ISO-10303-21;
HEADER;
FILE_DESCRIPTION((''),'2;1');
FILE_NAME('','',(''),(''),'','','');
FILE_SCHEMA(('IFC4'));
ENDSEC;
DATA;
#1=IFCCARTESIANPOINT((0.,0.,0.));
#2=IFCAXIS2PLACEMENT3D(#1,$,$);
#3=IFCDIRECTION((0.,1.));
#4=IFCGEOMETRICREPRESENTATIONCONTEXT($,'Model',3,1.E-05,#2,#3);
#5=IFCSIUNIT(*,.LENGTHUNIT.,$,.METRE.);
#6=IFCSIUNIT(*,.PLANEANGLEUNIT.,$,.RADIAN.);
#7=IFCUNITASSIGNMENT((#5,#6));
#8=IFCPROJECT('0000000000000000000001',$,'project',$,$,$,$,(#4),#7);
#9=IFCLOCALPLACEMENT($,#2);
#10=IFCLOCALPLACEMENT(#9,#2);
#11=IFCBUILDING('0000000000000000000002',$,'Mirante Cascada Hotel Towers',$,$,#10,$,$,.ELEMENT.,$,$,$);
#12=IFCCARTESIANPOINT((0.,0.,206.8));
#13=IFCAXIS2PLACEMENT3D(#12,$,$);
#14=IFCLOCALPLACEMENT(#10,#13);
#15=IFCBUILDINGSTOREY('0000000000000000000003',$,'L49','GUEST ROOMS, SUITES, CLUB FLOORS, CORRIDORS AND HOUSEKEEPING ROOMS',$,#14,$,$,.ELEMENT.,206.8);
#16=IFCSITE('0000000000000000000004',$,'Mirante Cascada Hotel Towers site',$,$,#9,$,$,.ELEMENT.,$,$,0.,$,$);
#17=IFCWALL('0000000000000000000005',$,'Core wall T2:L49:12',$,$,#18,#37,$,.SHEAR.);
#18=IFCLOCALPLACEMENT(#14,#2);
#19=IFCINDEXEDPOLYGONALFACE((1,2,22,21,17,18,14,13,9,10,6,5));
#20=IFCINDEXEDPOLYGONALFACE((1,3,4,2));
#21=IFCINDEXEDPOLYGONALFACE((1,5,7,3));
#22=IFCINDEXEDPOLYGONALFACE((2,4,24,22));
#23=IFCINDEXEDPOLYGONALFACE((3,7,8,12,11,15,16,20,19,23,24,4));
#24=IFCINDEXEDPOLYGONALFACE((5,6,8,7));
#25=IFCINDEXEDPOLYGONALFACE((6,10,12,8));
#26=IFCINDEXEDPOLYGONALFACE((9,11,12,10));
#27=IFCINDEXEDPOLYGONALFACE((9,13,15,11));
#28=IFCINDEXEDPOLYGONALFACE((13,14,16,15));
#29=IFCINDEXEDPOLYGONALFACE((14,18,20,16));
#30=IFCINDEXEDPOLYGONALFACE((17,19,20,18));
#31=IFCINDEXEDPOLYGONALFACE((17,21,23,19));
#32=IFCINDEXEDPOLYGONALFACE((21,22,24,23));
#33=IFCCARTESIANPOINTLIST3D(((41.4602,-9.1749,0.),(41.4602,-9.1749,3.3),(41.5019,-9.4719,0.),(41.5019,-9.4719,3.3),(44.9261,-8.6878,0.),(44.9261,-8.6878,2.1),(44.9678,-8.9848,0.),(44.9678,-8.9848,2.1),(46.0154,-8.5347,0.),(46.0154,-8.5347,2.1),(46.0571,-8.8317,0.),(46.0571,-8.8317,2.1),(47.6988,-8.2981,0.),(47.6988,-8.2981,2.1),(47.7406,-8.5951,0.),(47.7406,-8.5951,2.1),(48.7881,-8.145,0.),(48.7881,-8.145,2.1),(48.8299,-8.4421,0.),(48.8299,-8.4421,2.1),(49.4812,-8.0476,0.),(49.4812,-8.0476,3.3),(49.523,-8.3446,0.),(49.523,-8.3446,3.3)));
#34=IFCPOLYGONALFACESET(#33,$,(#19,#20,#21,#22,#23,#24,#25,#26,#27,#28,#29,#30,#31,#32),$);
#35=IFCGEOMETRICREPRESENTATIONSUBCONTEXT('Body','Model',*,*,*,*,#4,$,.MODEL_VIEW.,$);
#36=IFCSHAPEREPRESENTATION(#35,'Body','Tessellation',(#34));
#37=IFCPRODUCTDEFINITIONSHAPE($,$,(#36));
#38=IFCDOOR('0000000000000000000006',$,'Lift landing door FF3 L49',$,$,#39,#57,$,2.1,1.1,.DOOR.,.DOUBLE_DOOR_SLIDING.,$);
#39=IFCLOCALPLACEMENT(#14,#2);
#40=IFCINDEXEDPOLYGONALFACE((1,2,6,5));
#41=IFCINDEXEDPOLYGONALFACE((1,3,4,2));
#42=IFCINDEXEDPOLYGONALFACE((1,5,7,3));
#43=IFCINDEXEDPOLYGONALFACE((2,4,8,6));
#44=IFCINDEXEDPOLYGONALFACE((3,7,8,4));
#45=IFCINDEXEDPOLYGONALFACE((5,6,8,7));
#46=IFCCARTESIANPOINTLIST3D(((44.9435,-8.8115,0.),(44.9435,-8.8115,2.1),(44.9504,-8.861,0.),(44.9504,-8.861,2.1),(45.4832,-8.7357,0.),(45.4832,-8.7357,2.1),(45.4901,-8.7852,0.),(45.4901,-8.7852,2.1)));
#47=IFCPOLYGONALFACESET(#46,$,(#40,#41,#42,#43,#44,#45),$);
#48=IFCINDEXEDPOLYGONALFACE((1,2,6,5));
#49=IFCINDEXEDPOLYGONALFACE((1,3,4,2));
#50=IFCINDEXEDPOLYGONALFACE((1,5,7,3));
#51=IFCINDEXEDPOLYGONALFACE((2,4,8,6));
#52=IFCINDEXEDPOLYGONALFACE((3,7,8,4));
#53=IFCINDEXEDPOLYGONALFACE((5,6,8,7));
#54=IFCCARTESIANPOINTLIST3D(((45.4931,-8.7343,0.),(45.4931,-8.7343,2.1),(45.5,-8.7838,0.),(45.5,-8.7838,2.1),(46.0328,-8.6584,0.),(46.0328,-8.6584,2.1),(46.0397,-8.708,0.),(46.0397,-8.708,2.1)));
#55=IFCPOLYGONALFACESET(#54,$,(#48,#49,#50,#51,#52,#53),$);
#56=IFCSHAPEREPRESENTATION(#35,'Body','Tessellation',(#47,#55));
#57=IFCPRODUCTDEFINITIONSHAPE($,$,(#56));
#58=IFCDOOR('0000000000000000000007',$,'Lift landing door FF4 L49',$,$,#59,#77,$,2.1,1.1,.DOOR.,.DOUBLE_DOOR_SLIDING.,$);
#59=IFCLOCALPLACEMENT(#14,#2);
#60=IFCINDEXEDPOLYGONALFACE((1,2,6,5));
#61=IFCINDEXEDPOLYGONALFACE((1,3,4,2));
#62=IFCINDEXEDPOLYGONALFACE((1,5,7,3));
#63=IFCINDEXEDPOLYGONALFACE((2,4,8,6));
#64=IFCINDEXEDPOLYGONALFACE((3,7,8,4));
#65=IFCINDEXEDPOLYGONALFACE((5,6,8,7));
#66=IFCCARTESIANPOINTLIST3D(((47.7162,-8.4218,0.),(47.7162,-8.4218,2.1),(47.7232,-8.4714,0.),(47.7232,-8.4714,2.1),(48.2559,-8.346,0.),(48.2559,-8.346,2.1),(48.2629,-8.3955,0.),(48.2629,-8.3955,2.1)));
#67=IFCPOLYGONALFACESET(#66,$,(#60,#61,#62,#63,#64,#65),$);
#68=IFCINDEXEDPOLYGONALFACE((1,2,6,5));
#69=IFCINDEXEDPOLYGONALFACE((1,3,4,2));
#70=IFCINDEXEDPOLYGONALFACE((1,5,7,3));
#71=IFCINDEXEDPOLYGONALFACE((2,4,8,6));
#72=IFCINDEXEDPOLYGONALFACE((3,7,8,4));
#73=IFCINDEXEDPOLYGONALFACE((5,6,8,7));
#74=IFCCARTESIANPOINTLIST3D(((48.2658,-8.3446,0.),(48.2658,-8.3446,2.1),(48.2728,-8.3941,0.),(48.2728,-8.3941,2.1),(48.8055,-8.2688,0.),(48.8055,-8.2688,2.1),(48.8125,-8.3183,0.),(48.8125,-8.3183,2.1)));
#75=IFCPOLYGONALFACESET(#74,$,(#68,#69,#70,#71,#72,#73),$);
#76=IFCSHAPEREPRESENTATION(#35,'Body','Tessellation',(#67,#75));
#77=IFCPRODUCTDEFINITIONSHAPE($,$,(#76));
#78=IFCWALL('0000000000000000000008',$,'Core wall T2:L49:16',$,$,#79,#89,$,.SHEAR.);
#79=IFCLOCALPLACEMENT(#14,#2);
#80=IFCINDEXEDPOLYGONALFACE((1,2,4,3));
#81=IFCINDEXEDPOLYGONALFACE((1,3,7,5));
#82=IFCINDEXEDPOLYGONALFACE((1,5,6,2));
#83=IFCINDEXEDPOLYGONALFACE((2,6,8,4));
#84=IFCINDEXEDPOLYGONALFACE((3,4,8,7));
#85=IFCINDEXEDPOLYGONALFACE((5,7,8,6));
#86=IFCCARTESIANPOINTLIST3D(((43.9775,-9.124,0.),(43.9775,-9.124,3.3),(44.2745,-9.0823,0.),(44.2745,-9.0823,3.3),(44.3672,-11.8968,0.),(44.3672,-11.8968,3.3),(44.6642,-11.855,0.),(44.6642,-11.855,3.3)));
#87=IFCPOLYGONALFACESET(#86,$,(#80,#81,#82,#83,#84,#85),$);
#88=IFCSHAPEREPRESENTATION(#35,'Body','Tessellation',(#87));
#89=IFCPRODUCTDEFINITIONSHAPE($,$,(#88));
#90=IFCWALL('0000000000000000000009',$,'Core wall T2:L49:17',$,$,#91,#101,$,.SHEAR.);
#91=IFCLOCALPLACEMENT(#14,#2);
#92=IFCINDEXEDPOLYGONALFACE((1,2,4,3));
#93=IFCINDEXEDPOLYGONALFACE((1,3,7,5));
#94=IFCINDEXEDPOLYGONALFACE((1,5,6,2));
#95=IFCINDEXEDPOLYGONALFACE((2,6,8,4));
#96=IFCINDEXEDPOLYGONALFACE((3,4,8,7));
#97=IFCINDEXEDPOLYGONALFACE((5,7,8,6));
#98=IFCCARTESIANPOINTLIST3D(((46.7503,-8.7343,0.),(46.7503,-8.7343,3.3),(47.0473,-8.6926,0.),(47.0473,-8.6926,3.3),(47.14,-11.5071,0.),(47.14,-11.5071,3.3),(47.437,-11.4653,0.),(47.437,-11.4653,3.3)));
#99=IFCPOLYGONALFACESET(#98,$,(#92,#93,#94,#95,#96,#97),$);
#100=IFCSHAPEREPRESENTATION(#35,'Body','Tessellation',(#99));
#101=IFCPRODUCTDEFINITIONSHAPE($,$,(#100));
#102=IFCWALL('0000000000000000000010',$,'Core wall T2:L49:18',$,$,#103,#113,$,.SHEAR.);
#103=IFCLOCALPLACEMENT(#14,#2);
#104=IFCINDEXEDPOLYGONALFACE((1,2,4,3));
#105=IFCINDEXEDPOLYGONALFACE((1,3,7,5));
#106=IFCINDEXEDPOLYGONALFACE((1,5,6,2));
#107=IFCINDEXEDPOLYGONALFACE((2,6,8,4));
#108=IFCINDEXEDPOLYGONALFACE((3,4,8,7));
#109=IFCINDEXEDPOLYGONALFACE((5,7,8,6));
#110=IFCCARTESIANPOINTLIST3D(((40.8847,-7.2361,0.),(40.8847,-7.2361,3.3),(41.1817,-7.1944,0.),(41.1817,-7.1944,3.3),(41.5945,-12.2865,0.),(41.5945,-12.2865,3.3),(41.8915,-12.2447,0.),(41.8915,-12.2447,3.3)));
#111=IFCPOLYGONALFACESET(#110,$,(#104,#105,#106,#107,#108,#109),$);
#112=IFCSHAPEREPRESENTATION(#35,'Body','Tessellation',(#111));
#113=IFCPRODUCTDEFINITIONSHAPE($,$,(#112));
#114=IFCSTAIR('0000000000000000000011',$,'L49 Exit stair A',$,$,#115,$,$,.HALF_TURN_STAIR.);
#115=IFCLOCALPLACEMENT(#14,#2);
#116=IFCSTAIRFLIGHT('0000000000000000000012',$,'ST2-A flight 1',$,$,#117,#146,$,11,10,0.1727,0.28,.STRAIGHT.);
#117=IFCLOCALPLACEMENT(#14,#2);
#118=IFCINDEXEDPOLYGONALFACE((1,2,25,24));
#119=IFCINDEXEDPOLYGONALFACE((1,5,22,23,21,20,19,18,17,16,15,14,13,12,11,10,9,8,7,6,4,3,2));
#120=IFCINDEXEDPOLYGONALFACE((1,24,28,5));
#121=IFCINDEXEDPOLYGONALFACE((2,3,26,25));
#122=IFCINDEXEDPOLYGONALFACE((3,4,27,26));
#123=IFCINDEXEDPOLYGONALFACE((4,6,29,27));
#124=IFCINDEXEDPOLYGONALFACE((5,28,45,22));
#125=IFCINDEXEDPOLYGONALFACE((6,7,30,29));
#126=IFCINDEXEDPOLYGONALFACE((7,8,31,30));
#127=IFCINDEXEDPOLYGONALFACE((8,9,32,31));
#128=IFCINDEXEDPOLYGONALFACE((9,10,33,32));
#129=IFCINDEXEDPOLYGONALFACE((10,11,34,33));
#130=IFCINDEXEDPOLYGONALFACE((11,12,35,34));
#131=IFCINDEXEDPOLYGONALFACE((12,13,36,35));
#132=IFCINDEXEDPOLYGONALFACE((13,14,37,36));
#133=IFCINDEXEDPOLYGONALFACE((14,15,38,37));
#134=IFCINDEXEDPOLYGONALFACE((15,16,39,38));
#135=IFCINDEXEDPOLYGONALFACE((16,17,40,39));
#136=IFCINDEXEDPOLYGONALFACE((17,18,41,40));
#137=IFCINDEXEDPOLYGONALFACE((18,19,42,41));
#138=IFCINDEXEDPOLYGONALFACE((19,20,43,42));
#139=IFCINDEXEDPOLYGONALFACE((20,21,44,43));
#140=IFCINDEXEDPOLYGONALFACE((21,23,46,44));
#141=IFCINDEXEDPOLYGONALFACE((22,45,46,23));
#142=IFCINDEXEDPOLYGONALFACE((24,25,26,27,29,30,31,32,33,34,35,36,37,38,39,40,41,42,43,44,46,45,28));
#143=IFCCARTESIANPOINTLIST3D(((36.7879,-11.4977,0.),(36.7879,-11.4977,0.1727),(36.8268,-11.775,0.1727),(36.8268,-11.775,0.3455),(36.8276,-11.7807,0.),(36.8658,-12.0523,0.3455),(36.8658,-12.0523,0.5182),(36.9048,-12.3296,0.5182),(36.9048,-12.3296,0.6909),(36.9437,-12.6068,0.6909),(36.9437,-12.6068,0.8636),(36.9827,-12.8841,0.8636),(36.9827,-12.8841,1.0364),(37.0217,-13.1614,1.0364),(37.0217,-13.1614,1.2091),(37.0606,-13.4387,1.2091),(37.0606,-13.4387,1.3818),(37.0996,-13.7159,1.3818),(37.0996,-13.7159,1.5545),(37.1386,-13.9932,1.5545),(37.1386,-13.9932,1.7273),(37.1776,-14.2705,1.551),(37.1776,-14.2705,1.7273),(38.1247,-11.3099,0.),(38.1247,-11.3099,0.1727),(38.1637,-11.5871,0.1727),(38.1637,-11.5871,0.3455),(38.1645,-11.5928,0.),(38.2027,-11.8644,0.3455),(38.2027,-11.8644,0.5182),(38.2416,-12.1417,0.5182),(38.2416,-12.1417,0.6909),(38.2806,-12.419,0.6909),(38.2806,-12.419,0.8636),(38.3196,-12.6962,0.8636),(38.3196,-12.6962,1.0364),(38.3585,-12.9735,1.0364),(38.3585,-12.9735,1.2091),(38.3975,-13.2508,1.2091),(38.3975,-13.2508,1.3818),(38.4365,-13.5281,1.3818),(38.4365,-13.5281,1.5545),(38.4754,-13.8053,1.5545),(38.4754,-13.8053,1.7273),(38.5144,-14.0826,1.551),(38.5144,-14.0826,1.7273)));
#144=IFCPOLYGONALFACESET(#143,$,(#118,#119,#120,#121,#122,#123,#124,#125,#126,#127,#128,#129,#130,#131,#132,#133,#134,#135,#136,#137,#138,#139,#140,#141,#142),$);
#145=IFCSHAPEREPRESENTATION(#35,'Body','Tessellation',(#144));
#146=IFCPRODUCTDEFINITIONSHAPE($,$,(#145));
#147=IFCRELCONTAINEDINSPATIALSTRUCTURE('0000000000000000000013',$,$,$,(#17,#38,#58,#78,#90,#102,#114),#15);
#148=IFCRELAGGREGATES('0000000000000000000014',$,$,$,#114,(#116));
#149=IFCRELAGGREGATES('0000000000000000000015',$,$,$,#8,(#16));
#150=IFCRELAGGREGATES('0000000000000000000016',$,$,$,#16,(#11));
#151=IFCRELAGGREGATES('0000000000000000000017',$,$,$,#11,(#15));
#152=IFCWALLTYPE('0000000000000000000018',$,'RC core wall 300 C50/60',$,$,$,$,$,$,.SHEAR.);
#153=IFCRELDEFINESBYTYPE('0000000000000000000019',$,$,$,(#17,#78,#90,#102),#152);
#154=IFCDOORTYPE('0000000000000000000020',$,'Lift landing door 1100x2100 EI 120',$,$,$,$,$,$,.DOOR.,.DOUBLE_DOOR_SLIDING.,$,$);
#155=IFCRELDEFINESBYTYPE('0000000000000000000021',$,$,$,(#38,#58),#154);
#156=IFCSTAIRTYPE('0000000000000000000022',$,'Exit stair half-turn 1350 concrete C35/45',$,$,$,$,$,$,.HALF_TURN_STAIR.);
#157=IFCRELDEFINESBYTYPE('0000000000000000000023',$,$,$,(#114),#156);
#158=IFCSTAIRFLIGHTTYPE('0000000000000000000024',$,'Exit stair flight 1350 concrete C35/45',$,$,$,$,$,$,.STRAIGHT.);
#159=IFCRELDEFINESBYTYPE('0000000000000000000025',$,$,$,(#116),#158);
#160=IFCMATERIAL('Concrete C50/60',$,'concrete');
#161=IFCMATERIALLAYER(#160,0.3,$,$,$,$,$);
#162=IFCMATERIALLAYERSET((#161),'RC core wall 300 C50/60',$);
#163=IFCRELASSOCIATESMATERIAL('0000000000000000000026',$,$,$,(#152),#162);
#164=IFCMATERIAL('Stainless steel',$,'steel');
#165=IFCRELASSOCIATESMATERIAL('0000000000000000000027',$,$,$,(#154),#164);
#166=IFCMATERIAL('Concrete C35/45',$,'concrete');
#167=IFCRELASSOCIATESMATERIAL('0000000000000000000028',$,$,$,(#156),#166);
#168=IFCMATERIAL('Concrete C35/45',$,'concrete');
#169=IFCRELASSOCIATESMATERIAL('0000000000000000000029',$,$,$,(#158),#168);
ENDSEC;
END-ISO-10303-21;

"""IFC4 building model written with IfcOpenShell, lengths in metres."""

from ifc_helpers import new_model, si_unit, direction, frame, frame_2d, origin, place, context, subcontext, project, spatial, polyline, rectangle, outline, extrude, material, layer, layer_set, type_object, element, fill, aggregate, save


model = new_model("IFC4")

# Units and contexts
model_context = context("Model", 3, precision=1e-05, world=origin(), true_north=direction((0.0, 1.0)))
body_context = subcontext(model_context, "Body", "Model", "MODEL_VIEW")
ifc_project = project(units=[si_unit("LENGTHUNIT", "METRE"), si_unit("PLANEANGLEUNIT", "RADIAN")], contexts=[model_context])

# Site, building, storey
site_placement = place(None, origin())
site = spatial("IfcSite", under=ifc_project, at=site_placement, Name="Mirante Cascada Hotel Towers site", CompositionType="ELEMENT", RefElevation=0.0)
building_placement = place(site_placement, origin())
building = spatial("IfcBuilding", under=site, at=building_placement, Name="Mirante Cascada Hotel Towers", CompositionType="ELEMENT")
storey_placement = place(building_placement, frame((0.0, 0.0, 206.8)))
storey = spatial("IfcBuildingStorey", under=building, at=storey_placement, Name="L49", Description="GUEST ROOMS, SUITES, CLUB FLOORS, CORRIDORS AND HOUSEKEEPING ROOMS", CompositionType="ELEMENT", Elevation=206.8)

# Shared definitions
ifc_material_1 = material(Name="Concrete C50/60", Category="concrete")
ifc_layer_1 = layer(ifc_material_1, 0.3)
ifc_layer_set_1 = layer_set([ifc_layer_1], Name="RC core wall 300 C50/60")
wall_type_1 = type_object("IfcWallType", Name="RC core wall 300 C50/60", PredefinedType="SHEAR", material=ifc_layer_set_1)
ifc_material_2 = material(Name="Stainless steel", Category="steel")
door_type_1 = type_object("IfcDoorType", Name="Lift landing door 1100x2100 EI 120", OperationType="DOUBLE_DOOR_SLIDING", PredefinedType="DOOR", material=ifc_material_2)

# Wall, openings, doors
wall_1_placement = place(storey_placement, frame((41.481, -9.3234, 0.0), z_axis=(0.0, 0.0, 1.0), x_axis=(0.990268, 0.139174, 0.0)))
wall_1 = element("IfcWall", 1, at=wall_1_placement, inside=storey, type_object=wall_type_1, Name="Core wall T2:L49:12", PredefinedType="SHEAR", context=body_context, shape_type="SweptSolid", body=[
    extrude(rectangle(XDim=8.0999, YDim=0.3, at=frame_2d((4.05, 0.0))), origin(), (0.0, 0.0, 1.0), 3.3),
])
opening_1_placement = place(wall_1_placement, frame((3.5, 0.0, 0.0)))
opening_1 = element("IfcOpeningElement", 2, at=opening_1_placement, cuts=wall_1, PredefinedType="OPENING", context=body_context, shape_type="SweptSolid", body=[
    extrude(rectangle(XDim=1.1, YDim=2.1, at=frame_2d((0.55, 1.05))), frame((0.0, 0.15, 0.0), z_axis=(0.0, -1.0, 0.0), x_axis=(1.0, 0.0, 0.0)), (0.0, 0.0, 1.0), 0.3),
])
opening_2_placement = place(wall_1_placement, frame((6.3, 0.0, 0.0)))
opening_2 = element("IfcOpeningElement", 3, at=opening_2_placement, cuts=wall_1, PredefinedType="OPENING", context=body_context, shape_type="SweptSolid", body=[
    extrude(rectangle(XDim=1.1, YDim=2.1, at=frame_2d((0.55, 1.05))), frame((0.0, 0.15, 0.0), z_axis=(0.0, -1.0, 0.0), x_axis=(1.0, 0.0, 0.0)), (0.0, 0.0, 1.0), 0.3),
])
door_1_placement = place(opening_1_placement, origin())
door_1 = element("IfcDoor", 4, at=door_1_placement, inside=storey, type_object=door_type_1, Name="Lift landing door FF3 L49", OperationType="DOUBLE_DOOR_SLIDING", OverallHeight=2.1, OverallWidth=1.1, PredefinedType="DOOR", context=body_context, shape_type="SweptSolid", body=[
    extrude(rectangle(XDim=0.545, YDim=2.1, at=frame_2d((0.2725, 1.05))), frame((0.0, 0.025, 0.0), z_axis=(0.0, -1.0, 0.0), x_axis=(1.0, 0.0, 0.0)), (0.0, 0.0, 1.0), 0.05),
    extrude(rectangle(XDim=0.545, YDim=2.1, at=frame_2d((0.8275, 1.05))), frame((0.0, 0.025, 0.0), z_axis=(0.0, -1.0, 0.0), x_axis=(1.0, 0.0, 0.0)), (0.0, 0.0, 1.0), 0.05),
])
fill(opening_1, door_1)
door_2_placement = place(opening_2_placement, origin())
door_2 = element("IfcDoor", 5, at=door_2_placement, inside=storey, type_object=door_type_1, Name="Lift landing door FF4 L49", OperationType="DOUBLE_DOOR_SLIDING", OverallHeight=2.1, OverallWidth=1.1, PredefinedType="DOOR", context=body_context, shape_type="SweptSolid", body=[
    extrude(rectangle(XDim=0.545, YDim=2.1, at=frame_2d((0.2725, 1.05))), frame((0.0, 0.025, 0.0), z_axis=(0.0, -1.0, 0.0), x_axis=(1.0, 0.0, 0.0)), (0.0, 0.0, 1.0), 0.05),
    extrude(rectangle(XDim=0.545, YDim=2.1, at=frame_2d((0.8275, 1.05))), frame((0.0, 0.025, 0.0), z_axis=(0.0, -1.0, 0.0), x_axis=(1.0, 0.0, 0.0)), (0.0, 0.0, 1.0), 0.05),
])
fill(opening_2, door_2)

# Walls
for number, where, z_axis, x_axis, name in (
    (6, (44.5157, -11.8759, 0.0), (0.0, 0.0, 1.0), (-0.139181, 0.990267, 0.0), "Core wall T2:L49:16"),
    (7, (47.2885, -11.4862, 0.0), (0.0, 0.0, 1.0), (-0.139181, 0.990267, 0.0), "Core wall T2:L49:17"),
):
    element("IfcWall", number, at=place(storey_placement, frame(where, z_axis=z_axis, x_axis=x_axis)), inside=storey, type_object=wall_type_1, Name=name, PredefinedType="SHEAR", context=body_context, shape_type="SweptSolid", body=[
        extrude(rectangle(XDim=2.8, YDim=0.3, at=frame_2d((1.4, 0.0))), origin(), (0.0, 0.0, 1.0), 3.3),
    ])
wall_2_placement = place(storey_placement, frame((41.743, -12.2656, 0.0), z_axis=(0.0, 0.0, 1.0), x_axis=(-0.139176, 0.990268, 0.0)))
element("IfcWall", 8, at=wall_2_placement, inside=storey, type_object=wall_type_1, Name="Core wall T2:L49:18", PredefinedType="SHEAR", context=body_context, shape_type="SweptSolid", body=[
    extrude(rectangle(XDim=5.1, YDim=0.3, at=frame_2d((2.55, 0.0))), origin(), (0.0, 0.0, 1.0), 3.3),
])

# Stair, stair flight
ifc_material_3 = material(Name="Concrete C35/45", Category="concrete")
stair_type = type_object("IfcStairType", Name="Exit stair half-turn 1350 concrete C35/45", PredefinedType="HALF_TURN_STAIR", material=ifc_material_3)
stair_placement = place(storey_placement, origin())
stair = element("IfcStair", 9, at=stair_placement, inside=storey, type_object=stair_type, Name="L49 Exit stair A", PredefinedType="HALF_TURN_STAIR")
ifc_material_4 = material(Name="Concrete C35/45", Category="concrete")
stair_flight_type = type_object("IfcStairFlightType", Name="Exit stair flight 1350 concrete C35/45", PredefinedType="STRAIGHT", material=ifc_material_4)
stair_flight_placement = place(storey_placement, frame((37.4563, -11.4038, 0.0), z_axis=(0.0, 0.0, 1.0), x_axis=(0.139173, -0.990268, 0.0)))
stair_flight = element("IfcStairFlight", 10, at=stair_flight_placement, type_object=stair_flight_type, Name="ST2-A flight 1", NumberOfRisers=11, NumberOfTreads=10, PredefinedType="STRAIGHT", RiserHeight=0.1727, TreadLength=0.28, context=body_context, shape_type="SweptSolid", body=[
    extrude(outline(polyline([(0.0, 0.0), (0.0, 0.1727), (0.28, 0.1727), (0.28, 0.3455), (0.56, 0.3455), (0.56, 0.5182), (0.84, 0.5182), (0.84, 0.6909), (1.12, 0.6909), (1.12, 0.8636), (1.4, 0.8636), (1.4, 1.0364), (1.68, 1.0364), (1.68, 1.2091), (1.96, 1.2091), (1.96, 1.3818), (2.24, 1.3818), (2.24, 1.5545), (2.52, 1.5545), (2.52, 1.7273), (2.8, 1.7273), (2.8, 1.9), (2.8, 1.551), (0.2857, 0.0), (0.0, 0.0)])), frame((0.0, 0.675, 0.0), z_axis=(0.0, -1.0, 0.0), x_axis=(1.0, 0.0, 0.0)), (0.0, 0.0, 1.0), 1.35),
])
aggregate(stair, [stair_flight])

save(model, "model.ifc")
